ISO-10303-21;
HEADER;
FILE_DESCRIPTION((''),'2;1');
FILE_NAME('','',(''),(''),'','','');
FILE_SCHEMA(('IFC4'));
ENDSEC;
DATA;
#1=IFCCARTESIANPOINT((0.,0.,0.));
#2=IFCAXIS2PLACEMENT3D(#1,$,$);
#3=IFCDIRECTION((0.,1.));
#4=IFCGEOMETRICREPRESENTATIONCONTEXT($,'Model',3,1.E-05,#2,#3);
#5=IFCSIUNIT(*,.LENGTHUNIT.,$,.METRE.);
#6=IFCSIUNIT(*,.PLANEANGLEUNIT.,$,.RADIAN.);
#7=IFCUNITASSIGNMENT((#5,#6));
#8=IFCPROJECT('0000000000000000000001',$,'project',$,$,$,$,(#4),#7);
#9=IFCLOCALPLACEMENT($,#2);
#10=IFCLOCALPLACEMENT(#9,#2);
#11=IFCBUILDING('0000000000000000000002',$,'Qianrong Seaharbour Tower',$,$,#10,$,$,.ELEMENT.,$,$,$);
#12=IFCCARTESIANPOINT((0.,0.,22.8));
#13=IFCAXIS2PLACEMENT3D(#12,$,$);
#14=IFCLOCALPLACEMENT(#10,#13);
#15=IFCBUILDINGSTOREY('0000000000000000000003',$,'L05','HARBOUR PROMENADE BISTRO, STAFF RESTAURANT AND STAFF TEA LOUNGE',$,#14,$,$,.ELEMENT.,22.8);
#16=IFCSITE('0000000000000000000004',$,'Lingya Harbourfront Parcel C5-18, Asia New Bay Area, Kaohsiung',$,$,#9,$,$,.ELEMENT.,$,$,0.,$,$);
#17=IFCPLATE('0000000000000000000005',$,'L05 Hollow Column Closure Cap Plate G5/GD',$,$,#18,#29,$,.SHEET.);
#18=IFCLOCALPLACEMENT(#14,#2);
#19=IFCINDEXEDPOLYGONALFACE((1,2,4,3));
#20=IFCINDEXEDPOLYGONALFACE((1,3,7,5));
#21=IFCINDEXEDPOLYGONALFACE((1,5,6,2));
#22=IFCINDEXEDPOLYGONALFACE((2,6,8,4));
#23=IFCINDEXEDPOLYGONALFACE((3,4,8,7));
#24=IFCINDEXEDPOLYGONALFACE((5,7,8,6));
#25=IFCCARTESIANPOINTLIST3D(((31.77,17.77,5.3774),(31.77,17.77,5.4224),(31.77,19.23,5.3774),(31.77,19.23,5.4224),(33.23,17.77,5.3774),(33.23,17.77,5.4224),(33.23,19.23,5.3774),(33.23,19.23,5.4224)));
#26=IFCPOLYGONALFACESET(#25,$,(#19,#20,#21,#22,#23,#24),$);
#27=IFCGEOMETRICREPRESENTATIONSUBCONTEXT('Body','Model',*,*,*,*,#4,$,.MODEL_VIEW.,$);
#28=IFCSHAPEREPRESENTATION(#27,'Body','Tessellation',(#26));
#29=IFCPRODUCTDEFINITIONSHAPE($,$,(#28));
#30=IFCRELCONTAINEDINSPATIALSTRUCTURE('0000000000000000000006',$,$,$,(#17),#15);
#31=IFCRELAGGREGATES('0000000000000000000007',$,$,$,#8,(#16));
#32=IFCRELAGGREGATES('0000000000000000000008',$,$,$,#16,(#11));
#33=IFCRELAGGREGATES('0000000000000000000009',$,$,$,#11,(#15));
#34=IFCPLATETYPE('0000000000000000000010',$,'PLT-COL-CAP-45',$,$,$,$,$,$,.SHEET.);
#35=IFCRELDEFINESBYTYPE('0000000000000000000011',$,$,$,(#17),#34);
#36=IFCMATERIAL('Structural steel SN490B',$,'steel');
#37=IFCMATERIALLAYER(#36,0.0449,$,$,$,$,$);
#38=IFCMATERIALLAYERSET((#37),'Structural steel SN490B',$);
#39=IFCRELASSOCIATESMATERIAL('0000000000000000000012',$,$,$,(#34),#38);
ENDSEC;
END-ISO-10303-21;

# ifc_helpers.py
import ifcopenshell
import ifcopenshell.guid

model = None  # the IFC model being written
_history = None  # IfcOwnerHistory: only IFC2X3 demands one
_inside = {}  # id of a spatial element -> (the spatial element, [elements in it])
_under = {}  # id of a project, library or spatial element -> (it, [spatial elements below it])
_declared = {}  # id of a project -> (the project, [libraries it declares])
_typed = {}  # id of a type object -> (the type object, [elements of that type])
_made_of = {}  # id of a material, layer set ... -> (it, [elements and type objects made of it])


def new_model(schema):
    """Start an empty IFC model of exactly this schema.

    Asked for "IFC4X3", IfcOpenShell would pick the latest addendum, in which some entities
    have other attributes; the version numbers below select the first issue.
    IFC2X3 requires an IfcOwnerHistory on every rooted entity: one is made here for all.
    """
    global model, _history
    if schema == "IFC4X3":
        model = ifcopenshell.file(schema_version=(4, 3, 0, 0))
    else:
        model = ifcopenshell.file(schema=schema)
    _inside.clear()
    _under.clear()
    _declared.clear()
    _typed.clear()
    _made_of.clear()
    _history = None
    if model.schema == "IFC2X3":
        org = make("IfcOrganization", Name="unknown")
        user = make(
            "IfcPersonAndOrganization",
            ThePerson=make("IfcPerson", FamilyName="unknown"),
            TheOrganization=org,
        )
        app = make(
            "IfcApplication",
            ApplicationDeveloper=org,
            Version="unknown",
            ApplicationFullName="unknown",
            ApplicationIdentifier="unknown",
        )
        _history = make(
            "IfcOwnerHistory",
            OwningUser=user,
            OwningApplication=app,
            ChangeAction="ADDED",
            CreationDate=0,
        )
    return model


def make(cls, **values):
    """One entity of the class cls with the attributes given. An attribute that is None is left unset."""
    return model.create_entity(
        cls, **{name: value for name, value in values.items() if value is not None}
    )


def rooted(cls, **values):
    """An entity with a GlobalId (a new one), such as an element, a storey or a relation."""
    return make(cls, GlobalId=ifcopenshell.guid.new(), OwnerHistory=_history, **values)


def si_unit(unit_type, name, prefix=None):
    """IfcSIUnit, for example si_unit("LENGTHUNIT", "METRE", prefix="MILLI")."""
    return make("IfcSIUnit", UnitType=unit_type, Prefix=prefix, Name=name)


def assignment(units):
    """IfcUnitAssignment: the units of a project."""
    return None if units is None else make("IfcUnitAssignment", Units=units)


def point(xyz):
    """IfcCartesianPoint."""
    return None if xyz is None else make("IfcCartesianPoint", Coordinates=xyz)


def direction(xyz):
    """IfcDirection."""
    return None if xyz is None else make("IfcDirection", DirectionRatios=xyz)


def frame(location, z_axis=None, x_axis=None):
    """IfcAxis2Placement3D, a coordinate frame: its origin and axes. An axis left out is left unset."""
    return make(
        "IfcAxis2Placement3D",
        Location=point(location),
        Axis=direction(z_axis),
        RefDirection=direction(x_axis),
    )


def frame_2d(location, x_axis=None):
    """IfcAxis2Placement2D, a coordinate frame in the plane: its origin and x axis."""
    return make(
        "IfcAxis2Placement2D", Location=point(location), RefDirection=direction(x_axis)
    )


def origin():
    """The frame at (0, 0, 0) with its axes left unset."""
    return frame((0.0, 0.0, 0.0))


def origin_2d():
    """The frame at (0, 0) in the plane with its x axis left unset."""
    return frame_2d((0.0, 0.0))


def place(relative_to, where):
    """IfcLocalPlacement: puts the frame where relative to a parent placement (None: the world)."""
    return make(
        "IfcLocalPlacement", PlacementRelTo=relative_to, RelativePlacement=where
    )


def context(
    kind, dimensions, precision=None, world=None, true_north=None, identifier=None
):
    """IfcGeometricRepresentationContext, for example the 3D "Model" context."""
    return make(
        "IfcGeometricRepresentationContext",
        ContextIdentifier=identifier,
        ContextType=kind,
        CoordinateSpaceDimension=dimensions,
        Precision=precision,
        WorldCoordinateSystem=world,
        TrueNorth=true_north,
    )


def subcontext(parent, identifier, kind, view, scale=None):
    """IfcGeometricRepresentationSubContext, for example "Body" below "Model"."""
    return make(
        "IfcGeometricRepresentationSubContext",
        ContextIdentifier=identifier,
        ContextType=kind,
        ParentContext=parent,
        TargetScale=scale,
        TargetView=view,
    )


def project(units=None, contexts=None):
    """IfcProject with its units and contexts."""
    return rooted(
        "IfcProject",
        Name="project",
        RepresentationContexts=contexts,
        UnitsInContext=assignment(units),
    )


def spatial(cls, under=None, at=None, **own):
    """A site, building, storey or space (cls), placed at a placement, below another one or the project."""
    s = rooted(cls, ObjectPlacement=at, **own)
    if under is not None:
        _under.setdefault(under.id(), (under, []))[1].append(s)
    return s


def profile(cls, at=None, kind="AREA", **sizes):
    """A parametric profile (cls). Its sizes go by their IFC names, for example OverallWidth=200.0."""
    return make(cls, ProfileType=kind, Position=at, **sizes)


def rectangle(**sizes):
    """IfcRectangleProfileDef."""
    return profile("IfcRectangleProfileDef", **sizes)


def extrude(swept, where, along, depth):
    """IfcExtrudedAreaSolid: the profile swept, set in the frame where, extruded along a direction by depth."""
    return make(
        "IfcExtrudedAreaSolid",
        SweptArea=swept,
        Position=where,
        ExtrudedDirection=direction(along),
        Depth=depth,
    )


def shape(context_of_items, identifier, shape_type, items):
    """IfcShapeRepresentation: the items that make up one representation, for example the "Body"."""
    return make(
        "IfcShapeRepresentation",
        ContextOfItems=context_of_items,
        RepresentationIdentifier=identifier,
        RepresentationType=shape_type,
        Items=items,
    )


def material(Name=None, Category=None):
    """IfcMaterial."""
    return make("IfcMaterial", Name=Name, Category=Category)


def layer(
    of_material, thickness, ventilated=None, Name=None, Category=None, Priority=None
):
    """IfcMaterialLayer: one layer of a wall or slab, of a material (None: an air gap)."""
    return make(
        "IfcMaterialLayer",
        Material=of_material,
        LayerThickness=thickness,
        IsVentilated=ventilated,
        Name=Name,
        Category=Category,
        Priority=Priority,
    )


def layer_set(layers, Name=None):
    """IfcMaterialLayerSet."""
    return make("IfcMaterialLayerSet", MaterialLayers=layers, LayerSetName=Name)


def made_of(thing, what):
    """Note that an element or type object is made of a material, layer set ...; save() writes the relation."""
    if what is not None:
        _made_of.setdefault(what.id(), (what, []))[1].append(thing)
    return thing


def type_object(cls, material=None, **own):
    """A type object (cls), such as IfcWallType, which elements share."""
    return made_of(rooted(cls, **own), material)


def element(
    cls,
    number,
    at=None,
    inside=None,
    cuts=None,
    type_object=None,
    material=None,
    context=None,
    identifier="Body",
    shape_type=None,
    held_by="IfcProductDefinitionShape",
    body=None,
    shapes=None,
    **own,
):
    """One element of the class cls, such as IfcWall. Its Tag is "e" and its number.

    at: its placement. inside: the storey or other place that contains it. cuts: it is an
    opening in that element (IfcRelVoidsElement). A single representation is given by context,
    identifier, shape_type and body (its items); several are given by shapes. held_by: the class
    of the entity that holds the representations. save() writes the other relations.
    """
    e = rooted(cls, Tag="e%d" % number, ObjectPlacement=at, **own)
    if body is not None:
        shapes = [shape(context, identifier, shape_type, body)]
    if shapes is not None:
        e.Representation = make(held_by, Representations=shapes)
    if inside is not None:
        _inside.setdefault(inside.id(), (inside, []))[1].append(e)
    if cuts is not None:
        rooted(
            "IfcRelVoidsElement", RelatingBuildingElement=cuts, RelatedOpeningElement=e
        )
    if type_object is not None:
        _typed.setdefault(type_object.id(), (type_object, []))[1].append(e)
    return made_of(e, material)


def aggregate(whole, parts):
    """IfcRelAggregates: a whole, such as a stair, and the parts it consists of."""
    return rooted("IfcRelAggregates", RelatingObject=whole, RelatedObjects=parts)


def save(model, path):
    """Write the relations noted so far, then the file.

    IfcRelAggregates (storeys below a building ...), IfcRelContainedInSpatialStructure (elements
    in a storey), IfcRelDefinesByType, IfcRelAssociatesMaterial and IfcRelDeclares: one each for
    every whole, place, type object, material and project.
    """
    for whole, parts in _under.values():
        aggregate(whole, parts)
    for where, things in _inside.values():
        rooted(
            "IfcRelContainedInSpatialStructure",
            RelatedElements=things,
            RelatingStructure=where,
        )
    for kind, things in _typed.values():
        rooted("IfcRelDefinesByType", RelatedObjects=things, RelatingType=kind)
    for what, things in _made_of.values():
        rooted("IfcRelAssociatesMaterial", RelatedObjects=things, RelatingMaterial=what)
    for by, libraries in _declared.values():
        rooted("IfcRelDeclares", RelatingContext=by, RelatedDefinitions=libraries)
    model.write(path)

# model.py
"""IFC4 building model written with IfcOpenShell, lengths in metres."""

from ifc_helpers import new_model, si_unit, direction, frame, origin, origin_2d, place, context, subcontext, project, spatial, rectangle, extrude, material, layer, layer_set, type_object, element, save


model = new_model("IFC4")

# Units and contexts
model_context = context("Model", 3, precision=1e-05, world=origin(), true_north=direction((0.0, 1.0)))
body_context = subcontext(model_context, "Body", "Model", "MODEL_VIEW")
ifc_project = project(units=[si_unit("LENGTHUNIT", "METRE"), si_unit("PLANEANGLEUNIT", "RADIAN")], contexts=[model_context])

# Site, building, storey
site_placement = place(None, origin())
site = spatial("IfcSite", under=ifc_project, at=site_placement, Name="Lingya Harbourfront Parcel C5-18, Asia New Bay Area, Kaohsiung", CompositionType="ELEMENT", RefElevation=0.0)
building_placement = place(site_placement, origin())
building = spatial("IfcBuilding", under=site, at=building_placement, Name="Qianrong Seaharbour Tower", CompositionType="ELEMENT")
storey_placement = place(building_placement, frame((0.0, 0.0, 22.8)))
storey = spatial("IfcBuildingStorey", under=building, at=storey_placement, Name="L05", Description="HARBOUR PROMENADE BISTRO, STAFF RESTAURANT AND STAFF TEA LOUNGE", CompositionType="ELEMENT", Elevation=22.8)

# Shared definitions
ifc_material_1 = material(Name="Structural steel SN490B", Category="steel")

# Plate
ifc_layer = layer(ifc_material_1, 0.0449)
ifc_layer_set = layer_set([ifc_layer], Name="Structural steel SN490B")
plate_type = type_object("IfcPlateType", Name="PLT-COL-CAP-45", PredefinedType="SHEET", material=ifc_layer_set)
plate_placement = place(storey_placement, frame((32.5, 18.5, 5.3774), z_axis=(0.0, 0.0, 1.0), x_axis=(1.0, 0.0, 0.0)))
element("IfcPlate", 1, at=plate_placement, inside=storey, type_object=plate_type, Name="L05 Hollow Column Closure Cap Plate G5/GD", PredefinedType="SHEET", context=body_context, shape_type="SweptSolid", body=[
    extrude(rectangle(XDim=1.46, YDim=1.46, at=origin_2d()), origin(), (0.0, 0.0, 1.0), 0.0449),
])

save(model, "model.ifc")
